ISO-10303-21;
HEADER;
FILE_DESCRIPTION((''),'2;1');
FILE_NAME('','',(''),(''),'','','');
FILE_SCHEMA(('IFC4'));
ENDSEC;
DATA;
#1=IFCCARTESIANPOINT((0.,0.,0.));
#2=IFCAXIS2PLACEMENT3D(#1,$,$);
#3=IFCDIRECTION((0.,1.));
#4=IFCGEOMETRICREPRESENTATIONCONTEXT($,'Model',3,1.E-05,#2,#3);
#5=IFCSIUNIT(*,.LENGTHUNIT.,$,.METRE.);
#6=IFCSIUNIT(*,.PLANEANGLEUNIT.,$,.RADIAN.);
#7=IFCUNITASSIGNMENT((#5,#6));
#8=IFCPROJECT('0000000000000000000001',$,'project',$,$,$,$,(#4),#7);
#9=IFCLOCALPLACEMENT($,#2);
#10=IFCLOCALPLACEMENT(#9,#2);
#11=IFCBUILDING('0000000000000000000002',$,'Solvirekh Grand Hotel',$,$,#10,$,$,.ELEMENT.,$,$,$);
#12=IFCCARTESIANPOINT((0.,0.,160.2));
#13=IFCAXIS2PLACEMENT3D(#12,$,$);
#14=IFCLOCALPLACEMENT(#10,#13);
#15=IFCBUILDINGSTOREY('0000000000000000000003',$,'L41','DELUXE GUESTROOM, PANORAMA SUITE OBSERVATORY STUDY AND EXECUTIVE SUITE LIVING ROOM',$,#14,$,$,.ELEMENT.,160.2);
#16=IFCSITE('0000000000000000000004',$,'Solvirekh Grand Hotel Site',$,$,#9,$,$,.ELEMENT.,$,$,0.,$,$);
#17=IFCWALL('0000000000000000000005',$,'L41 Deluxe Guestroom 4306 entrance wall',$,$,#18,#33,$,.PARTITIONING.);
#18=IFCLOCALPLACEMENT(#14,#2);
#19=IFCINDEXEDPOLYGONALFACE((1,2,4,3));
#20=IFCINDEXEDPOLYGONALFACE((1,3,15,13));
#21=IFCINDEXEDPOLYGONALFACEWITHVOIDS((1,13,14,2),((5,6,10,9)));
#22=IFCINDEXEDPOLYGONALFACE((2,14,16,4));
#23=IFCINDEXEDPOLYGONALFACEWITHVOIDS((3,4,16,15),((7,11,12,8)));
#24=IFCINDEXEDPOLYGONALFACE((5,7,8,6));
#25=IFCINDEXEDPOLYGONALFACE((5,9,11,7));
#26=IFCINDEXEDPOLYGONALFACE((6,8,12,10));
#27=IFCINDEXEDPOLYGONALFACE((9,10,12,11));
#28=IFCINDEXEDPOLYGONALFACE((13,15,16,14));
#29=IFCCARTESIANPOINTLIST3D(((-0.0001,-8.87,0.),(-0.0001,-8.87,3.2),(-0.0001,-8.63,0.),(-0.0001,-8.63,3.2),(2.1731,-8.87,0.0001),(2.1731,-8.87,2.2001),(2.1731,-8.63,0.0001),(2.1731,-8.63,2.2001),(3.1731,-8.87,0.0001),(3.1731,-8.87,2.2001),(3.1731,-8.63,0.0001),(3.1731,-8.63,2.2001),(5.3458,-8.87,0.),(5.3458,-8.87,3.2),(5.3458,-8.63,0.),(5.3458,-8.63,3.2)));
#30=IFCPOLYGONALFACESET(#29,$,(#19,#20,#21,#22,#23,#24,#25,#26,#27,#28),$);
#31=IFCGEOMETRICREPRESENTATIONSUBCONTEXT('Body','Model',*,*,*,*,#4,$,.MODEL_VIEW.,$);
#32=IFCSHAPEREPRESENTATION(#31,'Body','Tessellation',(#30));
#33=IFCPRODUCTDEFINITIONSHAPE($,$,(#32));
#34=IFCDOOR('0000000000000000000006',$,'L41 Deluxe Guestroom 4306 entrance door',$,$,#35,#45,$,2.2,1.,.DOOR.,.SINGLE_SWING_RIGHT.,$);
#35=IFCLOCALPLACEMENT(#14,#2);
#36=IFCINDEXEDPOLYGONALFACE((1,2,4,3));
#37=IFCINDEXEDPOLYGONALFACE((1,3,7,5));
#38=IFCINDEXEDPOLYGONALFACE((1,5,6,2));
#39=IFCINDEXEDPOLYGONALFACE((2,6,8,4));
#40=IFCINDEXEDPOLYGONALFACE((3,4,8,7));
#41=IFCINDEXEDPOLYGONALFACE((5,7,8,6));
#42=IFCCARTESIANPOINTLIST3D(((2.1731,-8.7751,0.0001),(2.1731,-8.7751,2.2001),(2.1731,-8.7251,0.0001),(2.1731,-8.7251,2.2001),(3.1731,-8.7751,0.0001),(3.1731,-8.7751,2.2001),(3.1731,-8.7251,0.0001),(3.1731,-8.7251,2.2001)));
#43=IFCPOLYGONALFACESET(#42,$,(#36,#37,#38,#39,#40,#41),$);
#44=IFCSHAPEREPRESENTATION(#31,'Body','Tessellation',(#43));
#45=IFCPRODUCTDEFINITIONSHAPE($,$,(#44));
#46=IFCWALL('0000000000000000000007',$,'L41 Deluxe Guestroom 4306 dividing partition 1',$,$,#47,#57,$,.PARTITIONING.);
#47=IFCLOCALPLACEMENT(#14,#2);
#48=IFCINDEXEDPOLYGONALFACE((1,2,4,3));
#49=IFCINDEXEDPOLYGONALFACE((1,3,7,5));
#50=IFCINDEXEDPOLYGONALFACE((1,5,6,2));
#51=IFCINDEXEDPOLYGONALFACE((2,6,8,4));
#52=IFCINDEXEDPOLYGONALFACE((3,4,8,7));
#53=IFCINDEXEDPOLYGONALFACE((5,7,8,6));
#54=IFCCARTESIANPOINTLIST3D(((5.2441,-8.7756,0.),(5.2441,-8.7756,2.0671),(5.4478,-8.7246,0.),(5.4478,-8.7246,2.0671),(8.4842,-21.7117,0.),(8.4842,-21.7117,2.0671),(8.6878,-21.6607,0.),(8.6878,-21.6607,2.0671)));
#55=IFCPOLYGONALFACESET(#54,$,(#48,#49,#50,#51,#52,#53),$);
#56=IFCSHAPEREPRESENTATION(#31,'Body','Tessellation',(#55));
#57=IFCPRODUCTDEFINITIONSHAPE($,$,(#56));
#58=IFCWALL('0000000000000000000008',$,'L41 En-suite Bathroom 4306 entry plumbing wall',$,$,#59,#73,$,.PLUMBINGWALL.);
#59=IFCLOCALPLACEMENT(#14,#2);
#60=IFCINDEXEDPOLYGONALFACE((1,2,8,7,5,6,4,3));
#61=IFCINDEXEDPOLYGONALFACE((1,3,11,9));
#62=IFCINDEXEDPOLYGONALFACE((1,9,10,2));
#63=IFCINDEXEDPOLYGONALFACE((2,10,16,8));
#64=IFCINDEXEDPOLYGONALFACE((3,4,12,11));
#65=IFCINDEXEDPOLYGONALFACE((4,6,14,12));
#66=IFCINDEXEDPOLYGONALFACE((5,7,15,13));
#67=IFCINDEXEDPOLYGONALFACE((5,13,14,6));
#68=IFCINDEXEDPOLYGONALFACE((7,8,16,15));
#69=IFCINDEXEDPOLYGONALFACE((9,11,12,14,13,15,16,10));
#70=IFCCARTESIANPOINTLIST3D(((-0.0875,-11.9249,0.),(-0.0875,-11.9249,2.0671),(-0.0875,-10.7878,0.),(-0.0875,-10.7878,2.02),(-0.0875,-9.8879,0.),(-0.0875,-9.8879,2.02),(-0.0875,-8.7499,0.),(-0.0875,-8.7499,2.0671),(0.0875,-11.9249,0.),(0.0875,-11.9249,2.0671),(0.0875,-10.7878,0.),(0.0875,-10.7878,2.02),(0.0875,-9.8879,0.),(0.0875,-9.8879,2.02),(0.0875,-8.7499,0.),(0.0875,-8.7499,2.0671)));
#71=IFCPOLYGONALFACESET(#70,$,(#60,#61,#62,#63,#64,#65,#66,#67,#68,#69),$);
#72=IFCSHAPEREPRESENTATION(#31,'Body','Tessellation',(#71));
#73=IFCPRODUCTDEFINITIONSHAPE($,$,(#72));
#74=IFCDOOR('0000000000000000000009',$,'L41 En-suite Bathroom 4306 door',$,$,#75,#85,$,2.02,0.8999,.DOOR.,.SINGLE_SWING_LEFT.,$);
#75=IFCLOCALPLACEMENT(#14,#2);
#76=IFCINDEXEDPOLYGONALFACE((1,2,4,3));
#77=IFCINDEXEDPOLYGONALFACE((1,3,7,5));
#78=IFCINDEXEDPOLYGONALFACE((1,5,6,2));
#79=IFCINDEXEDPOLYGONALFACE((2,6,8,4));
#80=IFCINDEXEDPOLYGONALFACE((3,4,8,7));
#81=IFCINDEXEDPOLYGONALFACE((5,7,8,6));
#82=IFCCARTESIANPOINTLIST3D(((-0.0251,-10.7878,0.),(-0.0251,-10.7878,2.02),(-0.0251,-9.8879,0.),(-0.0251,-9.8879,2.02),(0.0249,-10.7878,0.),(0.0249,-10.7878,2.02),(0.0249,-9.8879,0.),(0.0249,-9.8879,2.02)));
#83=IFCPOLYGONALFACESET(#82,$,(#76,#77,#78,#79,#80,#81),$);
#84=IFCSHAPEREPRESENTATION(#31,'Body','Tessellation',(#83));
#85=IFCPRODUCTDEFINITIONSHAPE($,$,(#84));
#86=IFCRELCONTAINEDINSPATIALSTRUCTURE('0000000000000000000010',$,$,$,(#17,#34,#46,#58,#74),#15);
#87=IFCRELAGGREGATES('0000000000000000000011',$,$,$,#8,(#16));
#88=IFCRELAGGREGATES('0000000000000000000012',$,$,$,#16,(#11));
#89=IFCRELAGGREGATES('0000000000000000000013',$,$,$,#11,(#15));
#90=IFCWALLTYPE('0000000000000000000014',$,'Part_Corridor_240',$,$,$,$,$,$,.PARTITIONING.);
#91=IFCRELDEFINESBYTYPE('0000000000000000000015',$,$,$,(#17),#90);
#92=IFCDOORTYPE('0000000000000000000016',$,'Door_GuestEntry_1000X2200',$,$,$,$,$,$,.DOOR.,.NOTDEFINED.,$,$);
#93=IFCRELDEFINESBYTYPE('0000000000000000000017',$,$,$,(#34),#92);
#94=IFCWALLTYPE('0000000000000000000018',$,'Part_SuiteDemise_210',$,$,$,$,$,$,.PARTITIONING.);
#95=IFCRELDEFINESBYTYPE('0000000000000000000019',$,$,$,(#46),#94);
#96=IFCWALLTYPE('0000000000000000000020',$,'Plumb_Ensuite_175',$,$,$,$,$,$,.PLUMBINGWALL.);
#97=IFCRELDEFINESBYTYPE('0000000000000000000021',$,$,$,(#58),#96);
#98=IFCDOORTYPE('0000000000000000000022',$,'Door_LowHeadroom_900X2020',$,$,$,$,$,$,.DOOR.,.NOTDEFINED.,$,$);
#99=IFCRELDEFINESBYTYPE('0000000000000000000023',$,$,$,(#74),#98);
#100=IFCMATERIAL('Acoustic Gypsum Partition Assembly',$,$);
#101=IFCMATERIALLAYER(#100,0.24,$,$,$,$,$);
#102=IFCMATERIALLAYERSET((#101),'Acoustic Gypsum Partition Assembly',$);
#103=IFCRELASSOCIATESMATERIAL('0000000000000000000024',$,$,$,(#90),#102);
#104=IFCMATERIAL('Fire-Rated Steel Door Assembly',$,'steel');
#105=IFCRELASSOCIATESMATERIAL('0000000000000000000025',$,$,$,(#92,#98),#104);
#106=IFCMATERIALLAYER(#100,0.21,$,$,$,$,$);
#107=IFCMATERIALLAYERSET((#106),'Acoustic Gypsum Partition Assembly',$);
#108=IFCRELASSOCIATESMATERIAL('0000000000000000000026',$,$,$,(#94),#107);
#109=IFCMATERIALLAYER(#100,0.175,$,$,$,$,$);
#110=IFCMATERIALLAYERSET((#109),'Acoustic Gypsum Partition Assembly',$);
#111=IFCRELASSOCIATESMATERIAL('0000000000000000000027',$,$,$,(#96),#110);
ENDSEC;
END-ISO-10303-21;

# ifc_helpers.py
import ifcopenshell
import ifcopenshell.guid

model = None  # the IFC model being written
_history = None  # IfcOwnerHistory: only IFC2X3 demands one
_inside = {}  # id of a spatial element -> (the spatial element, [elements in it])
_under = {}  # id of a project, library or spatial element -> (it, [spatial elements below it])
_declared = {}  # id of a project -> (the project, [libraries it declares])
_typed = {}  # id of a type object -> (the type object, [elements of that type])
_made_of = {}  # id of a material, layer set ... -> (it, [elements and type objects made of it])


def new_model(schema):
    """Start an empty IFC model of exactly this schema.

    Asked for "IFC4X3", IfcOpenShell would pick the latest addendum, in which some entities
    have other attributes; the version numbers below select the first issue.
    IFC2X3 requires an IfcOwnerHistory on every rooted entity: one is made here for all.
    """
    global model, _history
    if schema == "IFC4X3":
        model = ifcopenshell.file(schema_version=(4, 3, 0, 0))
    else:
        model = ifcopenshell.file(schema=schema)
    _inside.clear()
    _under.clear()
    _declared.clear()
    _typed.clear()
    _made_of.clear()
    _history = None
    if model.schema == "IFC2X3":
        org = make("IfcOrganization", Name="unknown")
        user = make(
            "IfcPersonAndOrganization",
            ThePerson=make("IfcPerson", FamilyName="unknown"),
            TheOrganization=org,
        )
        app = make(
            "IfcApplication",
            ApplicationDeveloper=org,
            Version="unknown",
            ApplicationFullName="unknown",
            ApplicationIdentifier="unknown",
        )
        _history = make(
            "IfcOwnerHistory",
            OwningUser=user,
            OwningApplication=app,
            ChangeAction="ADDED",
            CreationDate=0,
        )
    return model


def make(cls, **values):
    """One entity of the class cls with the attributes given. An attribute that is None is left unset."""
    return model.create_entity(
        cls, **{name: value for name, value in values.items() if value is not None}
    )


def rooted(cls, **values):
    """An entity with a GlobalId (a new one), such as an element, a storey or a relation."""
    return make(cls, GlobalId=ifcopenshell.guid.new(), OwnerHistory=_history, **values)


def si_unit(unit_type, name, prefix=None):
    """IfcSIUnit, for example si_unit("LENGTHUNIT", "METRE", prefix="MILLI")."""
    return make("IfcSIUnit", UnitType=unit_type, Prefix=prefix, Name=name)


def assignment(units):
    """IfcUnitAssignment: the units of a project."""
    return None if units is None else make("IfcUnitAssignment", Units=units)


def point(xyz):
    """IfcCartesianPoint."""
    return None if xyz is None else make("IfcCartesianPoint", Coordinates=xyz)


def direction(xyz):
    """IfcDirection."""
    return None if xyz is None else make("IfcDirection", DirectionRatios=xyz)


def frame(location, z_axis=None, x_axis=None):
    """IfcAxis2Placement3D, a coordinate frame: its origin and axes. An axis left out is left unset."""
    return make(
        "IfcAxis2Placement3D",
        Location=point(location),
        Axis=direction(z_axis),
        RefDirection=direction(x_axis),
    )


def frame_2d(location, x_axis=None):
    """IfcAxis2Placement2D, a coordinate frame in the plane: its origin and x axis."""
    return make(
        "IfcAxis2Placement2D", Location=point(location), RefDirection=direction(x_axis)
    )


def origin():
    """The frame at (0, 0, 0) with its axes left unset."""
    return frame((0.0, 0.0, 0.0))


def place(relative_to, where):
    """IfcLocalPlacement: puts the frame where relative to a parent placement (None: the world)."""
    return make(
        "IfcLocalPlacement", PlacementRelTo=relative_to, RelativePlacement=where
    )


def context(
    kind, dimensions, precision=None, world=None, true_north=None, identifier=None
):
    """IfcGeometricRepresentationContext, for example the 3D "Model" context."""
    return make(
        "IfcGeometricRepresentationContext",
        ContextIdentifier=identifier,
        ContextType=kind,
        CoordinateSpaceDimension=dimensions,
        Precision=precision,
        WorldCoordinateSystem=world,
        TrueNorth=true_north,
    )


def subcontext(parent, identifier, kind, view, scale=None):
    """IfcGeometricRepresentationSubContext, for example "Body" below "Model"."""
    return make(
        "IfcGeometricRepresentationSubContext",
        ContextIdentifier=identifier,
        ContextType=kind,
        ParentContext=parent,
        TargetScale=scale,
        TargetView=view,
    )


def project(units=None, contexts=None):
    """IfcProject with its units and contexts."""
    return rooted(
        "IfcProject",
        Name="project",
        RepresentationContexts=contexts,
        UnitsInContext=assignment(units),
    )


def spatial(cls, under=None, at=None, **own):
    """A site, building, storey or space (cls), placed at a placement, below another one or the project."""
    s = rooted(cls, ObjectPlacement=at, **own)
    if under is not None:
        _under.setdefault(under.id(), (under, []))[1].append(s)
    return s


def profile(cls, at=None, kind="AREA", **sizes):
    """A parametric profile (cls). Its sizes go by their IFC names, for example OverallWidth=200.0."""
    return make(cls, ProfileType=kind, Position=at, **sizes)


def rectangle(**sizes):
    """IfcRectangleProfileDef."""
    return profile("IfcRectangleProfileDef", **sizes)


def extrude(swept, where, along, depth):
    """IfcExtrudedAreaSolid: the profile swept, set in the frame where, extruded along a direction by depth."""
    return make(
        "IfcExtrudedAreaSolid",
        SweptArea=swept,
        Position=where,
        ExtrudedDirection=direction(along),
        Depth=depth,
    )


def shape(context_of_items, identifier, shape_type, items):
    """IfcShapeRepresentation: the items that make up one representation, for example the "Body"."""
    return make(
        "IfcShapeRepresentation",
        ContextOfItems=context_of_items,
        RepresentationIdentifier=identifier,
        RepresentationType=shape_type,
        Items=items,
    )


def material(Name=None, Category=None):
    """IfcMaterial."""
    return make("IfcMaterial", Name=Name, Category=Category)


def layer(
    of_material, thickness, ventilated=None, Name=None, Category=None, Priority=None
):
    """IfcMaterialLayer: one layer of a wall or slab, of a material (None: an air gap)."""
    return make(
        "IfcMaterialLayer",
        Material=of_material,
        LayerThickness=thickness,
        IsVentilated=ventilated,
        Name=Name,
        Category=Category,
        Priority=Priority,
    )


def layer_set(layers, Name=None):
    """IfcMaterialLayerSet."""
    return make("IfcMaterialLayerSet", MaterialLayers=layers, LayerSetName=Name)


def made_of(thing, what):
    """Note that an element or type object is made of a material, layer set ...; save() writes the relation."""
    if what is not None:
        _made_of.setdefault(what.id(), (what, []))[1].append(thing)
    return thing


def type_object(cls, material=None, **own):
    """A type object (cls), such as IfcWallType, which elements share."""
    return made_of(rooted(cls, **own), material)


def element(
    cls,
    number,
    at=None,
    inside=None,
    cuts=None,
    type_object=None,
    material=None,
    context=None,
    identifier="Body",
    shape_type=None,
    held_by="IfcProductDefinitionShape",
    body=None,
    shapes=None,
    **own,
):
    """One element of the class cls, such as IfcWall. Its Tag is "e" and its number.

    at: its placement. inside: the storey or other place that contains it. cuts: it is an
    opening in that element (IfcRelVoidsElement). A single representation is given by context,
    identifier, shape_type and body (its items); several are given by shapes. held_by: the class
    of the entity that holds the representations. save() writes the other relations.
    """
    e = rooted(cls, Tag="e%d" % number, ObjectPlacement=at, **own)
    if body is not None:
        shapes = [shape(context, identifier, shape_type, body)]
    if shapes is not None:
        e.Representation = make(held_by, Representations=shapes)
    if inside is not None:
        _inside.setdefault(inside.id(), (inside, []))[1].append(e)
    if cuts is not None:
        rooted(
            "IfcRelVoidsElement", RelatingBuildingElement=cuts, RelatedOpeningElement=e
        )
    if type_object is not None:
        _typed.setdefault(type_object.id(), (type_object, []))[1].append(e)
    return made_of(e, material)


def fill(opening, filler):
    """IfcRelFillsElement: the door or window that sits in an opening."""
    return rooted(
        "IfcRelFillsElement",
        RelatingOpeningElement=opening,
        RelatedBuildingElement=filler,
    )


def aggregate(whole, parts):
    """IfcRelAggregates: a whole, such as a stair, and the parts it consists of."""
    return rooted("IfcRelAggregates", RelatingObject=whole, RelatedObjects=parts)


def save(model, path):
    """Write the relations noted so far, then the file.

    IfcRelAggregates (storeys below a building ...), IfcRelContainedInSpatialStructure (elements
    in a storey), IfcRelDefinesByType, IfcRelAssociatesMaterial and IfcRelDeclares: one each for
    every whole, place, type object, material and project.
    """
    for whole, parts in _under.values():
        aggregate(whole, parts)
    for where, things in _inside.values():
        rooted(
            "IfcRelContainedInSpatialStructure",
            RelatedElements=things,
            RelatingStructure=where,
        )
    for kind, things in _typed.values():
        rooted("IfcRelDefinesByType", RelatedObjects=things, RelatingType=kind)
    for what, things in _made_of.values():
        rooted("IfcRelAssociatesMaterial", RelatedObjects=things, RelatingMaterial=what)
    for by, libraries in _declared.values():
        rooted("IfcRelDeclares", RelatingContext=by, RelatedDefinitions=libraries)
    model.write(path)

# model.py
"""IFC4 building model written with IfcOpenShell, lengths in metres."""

from ifc_helpers import new_model, si_unit, direction, frame, frame_2d, origin, place, context, subcontext, project, spatial, rectangle, extrude, material, layer, layer_set, type_object, element, fill, save


model = new_model("IFC4")

# Units and contexts
model_context = context("Model", 3, precision=1e-05, world=origin(), true_north=direction((0.0, 1.0)))
body_context = subcontext(model_context, "Body", "Model", "MODEL_VIEW")
ifc_project = project(units=[si_unit("LENGTHUNIT", "METRE"), si_unit("PLANEANGLEUNIT", "RADIAN")], contexts=[model_context])

# Site, building, storey
site_placement = place(None, origin())
site = spatial("IfcSite", under=ifc_project, at=site_placement, Name="Solvirekh Grand Hotel Site", CompositionType="ELEMENT", RefElevation=0.0)
building_placement = place(site_placement, origin())
building = spatial("IfcBuilding", under=site, at=building_placement, Name="Solvirekh Grand Hotel", CompositionType="ELEMENT")
storey_placement = place(building_placement, frame((0.0, 0.0, 160.2)))
storey = spatial("IfcBuildingStorey", under=building, at=storey_placement, Name="L41", Description="DELUXE GUESTROOM, PANORAMA SUITE OBSERVATORY STUDY AND EXECUTIVE SUITE LIVING ROOM", CompositionType="ELEMENT", Elevation=160.2)

# Shared definitions
ifc_material_1 = material(Name="Fire-Rated Steel Door Assembly", Category="steel")

# Wall, opening, door
ifc_material_2 = material(Name="Acoustic Gypsum Partition Assembly")
ifc_layer_1 = layer(ifc_material_2, 0.24)
ifc_layer_set_1 = layer_set([ifc_layer_1], Name="Acoustic Gypsum Partition Assembly")
wall_type_1 = type_object("IfcWallType", Name="Part_Corridor_240", PredefinedType="PARTITIONING", material=ifc_layer_set_1)
wall_1_placement = place(storey_placement, frame((0.0, -8.75, 0.0), z_axis=(0.0, 0.0, 1.0), x_axis=(1.0, 0.0, 0.0)))
wall_1 = element("IfcWall", 1, at=wall_1_placement, inside=storey, type_object=wall_type_1, Name="L41 Deluxe Guestroom 4306 entrance wall", PredefinedType="PARTITIONING", context=body_context, shape_type="SweptSolid", body=[
    extrude(rectangle(XDim=5.3459, YDim=0.24, at=frame_2d((2.6729, 0.0))), origin(), (0.0, 0.0, 1.0), 3.2),
])
opening_1_placement = place(wall_1_placement, frame((2.1731, 0.0, 0.0)))
opening_1 = element("IfcOpeningElement", 2, at=opening_1_placement, cuts=wall_1, PredefinedType="OPENING", context=body_context, shape_type="SweptSolid", body=[
    extrude(rectangle(XDim=1.0, YDim=2.2, at=frame_2d((0.5, 1.1001))), frame((0.0, 0.1299, 0.0), z_axis=(0.0, -1.0, 0.0), x_axis=(1.0, 0.0, 0.0)), (0.0, 0.0, 1.0), 0.26),
])
door_type_1 = type_object("IfcDoorType", Name="Door_GuestEntry_1000X2200", OperationType="NOTDEFINED", PredefinedType="DOOR", material=ifc_material_1)
door_1_placement = place(opening_1_placement, origin())
door_1 = element("IfcDoor", 3, at=door_1_placement, inside=storey, type_object=door_type_1, Name="L41 Deluxe Guestroom 4306 entrance door", OperationType="SINGLE_SWING_RIGHT", OverallHeight=2.2, OverallWidth=1.0, PredefinedType="DOOR", context=body_context, shape_type="SweptSolid", body=[
    extrude(rectangle(XDim=1.0, YDim=2.2, at=frame_2d((0.5, 1.1001))), frame((0.0, 0.0249, 0.0), z_axis=(0.0, -1.0, 0.0), x_axis=(1.0, 0.0, 0.0)), (0.0, 0.0, 1.0), 0.05),
])
fill(opening_1, door_1)

# Wall
ifc_layer_2 = layer(ifc_material_2, 0.21)
ifc_layer_set_2 = layer_set([ifc_layer_2], Name="Acoustic Gypsum Partition Assembly")
wall_type_2 = type_object("IfcWallType", Name="Part_SuiteDemise_210", PredefinedType="PARTITIONING", material=ifc_layer_set_2)
wall_2_placement = place(storey_placement, frame((5.3459, -8.75, 0.0), z_axis=(0.0, 0.0, 1.0), x_axis=(0.242958, -0.970037, 0.0)))
element("IfcWall", 4, at=wall_2_placement, inside=storey, type_object=wall_type_2, Name="L41 Deluxe Guestroom 4306 dividing partition 1", PredefinedType="PARTITIONING", context=body_context, shape_type="SweptSolid", body=[
    extrude(rectangle(XDim=13.3357, YDim=0.21, at=frame_2d((6.668, 0.0))), origin(), (0.0, 0.0, 1.0), 2.0671),
])

# Wall, opening, door
ifc_layer_3 = layer(ifc_material_2, 0.175)
ifc_layer_set_3 = layer_set([ifc_layer_3], Name="Acoustic Gypsum Partition Assembly")
wall_type_3 = type_object("IfcWallType", Name="Plumb_Ensuite_175", PredefinedType="PLUMBINGWALL", material=ifc_layer_set_3)
wall_3_placement = place(storey_placement, frame((0.0, -8.75, 0.0), z_axis=(0.0, 0.0, 1.0), x_axis=(0.0, -1.0, 0.0)))
wall_3 = element("IfcWall", 5, at=wall_3_placement, inside=storey, type_object=wall_type_3, Name="L41 En-suite Bathroom 4306 entry plumbing wall", PredefinedType="PLUMBINGWALL", context=body_context, shape_type="SweptSolid", body=[
    extrude(rectangle(XDim=3.175, YDim=0.175, at=frame_2d((1.5874, 0.0))), origin(), (0.0, 0.0, 1.0), 2.0671),
])
opening_2_placement = place(wall_3_placement, frame((1.1379, 0.0, 0.0)))
opening_2 = element("IfcOpeningElement", 6, at=opening_2_placement, cuts=wall_3, PredefinedType="OPENING", context=body_context, shape_type="SweptSolid", body=[
    extrude(rectangle(XDim=0.8999, YDim=2.02, at=frame_2d((0.45, 1.01))), frame((0.0, 0.0977, 0.0), z_axis=(0.0, -1.0, 0.0), x_axis=(1.0, 0.0, 0.0)), (0.0, 0.0, 1.0), 0.1951),
])
door_type_2 = type_object("IfcDoorType", Name="Door_LowHeadroom_900X2020", OperationType="NOTDEFINED", PredefinedType="DOOR", material=ifc_material_1)
door_2_placement = place(opening_2_placement, origin())
door_2 = element("IfcDoor", 7, at=door_2_placement, inside=storey, type_object=door_type_2, Name="L41 En-suite Bathroom 4306 door", OperationType="SINGLE_SWING_LEFT", OverallHeight=2.02, OverallWidth=0.8999, PredefinedType="DOOR", context=body_context, shape_type="SweptSolid", body=[
    extrude(rectangle(XDim=0.8999, YDim=2.02, at=frame_2d((0.45, 1.01))), frame((0.0, 0.0249, 0.0), z_axis=(0.0, -1.0, 0.0), x_axis=(1.0, 0.0, 0.0)), (0.0, 0.0, 1.0), 0.05),
])
fill(opening_2, door_2)

save(model, "model.ifc")
